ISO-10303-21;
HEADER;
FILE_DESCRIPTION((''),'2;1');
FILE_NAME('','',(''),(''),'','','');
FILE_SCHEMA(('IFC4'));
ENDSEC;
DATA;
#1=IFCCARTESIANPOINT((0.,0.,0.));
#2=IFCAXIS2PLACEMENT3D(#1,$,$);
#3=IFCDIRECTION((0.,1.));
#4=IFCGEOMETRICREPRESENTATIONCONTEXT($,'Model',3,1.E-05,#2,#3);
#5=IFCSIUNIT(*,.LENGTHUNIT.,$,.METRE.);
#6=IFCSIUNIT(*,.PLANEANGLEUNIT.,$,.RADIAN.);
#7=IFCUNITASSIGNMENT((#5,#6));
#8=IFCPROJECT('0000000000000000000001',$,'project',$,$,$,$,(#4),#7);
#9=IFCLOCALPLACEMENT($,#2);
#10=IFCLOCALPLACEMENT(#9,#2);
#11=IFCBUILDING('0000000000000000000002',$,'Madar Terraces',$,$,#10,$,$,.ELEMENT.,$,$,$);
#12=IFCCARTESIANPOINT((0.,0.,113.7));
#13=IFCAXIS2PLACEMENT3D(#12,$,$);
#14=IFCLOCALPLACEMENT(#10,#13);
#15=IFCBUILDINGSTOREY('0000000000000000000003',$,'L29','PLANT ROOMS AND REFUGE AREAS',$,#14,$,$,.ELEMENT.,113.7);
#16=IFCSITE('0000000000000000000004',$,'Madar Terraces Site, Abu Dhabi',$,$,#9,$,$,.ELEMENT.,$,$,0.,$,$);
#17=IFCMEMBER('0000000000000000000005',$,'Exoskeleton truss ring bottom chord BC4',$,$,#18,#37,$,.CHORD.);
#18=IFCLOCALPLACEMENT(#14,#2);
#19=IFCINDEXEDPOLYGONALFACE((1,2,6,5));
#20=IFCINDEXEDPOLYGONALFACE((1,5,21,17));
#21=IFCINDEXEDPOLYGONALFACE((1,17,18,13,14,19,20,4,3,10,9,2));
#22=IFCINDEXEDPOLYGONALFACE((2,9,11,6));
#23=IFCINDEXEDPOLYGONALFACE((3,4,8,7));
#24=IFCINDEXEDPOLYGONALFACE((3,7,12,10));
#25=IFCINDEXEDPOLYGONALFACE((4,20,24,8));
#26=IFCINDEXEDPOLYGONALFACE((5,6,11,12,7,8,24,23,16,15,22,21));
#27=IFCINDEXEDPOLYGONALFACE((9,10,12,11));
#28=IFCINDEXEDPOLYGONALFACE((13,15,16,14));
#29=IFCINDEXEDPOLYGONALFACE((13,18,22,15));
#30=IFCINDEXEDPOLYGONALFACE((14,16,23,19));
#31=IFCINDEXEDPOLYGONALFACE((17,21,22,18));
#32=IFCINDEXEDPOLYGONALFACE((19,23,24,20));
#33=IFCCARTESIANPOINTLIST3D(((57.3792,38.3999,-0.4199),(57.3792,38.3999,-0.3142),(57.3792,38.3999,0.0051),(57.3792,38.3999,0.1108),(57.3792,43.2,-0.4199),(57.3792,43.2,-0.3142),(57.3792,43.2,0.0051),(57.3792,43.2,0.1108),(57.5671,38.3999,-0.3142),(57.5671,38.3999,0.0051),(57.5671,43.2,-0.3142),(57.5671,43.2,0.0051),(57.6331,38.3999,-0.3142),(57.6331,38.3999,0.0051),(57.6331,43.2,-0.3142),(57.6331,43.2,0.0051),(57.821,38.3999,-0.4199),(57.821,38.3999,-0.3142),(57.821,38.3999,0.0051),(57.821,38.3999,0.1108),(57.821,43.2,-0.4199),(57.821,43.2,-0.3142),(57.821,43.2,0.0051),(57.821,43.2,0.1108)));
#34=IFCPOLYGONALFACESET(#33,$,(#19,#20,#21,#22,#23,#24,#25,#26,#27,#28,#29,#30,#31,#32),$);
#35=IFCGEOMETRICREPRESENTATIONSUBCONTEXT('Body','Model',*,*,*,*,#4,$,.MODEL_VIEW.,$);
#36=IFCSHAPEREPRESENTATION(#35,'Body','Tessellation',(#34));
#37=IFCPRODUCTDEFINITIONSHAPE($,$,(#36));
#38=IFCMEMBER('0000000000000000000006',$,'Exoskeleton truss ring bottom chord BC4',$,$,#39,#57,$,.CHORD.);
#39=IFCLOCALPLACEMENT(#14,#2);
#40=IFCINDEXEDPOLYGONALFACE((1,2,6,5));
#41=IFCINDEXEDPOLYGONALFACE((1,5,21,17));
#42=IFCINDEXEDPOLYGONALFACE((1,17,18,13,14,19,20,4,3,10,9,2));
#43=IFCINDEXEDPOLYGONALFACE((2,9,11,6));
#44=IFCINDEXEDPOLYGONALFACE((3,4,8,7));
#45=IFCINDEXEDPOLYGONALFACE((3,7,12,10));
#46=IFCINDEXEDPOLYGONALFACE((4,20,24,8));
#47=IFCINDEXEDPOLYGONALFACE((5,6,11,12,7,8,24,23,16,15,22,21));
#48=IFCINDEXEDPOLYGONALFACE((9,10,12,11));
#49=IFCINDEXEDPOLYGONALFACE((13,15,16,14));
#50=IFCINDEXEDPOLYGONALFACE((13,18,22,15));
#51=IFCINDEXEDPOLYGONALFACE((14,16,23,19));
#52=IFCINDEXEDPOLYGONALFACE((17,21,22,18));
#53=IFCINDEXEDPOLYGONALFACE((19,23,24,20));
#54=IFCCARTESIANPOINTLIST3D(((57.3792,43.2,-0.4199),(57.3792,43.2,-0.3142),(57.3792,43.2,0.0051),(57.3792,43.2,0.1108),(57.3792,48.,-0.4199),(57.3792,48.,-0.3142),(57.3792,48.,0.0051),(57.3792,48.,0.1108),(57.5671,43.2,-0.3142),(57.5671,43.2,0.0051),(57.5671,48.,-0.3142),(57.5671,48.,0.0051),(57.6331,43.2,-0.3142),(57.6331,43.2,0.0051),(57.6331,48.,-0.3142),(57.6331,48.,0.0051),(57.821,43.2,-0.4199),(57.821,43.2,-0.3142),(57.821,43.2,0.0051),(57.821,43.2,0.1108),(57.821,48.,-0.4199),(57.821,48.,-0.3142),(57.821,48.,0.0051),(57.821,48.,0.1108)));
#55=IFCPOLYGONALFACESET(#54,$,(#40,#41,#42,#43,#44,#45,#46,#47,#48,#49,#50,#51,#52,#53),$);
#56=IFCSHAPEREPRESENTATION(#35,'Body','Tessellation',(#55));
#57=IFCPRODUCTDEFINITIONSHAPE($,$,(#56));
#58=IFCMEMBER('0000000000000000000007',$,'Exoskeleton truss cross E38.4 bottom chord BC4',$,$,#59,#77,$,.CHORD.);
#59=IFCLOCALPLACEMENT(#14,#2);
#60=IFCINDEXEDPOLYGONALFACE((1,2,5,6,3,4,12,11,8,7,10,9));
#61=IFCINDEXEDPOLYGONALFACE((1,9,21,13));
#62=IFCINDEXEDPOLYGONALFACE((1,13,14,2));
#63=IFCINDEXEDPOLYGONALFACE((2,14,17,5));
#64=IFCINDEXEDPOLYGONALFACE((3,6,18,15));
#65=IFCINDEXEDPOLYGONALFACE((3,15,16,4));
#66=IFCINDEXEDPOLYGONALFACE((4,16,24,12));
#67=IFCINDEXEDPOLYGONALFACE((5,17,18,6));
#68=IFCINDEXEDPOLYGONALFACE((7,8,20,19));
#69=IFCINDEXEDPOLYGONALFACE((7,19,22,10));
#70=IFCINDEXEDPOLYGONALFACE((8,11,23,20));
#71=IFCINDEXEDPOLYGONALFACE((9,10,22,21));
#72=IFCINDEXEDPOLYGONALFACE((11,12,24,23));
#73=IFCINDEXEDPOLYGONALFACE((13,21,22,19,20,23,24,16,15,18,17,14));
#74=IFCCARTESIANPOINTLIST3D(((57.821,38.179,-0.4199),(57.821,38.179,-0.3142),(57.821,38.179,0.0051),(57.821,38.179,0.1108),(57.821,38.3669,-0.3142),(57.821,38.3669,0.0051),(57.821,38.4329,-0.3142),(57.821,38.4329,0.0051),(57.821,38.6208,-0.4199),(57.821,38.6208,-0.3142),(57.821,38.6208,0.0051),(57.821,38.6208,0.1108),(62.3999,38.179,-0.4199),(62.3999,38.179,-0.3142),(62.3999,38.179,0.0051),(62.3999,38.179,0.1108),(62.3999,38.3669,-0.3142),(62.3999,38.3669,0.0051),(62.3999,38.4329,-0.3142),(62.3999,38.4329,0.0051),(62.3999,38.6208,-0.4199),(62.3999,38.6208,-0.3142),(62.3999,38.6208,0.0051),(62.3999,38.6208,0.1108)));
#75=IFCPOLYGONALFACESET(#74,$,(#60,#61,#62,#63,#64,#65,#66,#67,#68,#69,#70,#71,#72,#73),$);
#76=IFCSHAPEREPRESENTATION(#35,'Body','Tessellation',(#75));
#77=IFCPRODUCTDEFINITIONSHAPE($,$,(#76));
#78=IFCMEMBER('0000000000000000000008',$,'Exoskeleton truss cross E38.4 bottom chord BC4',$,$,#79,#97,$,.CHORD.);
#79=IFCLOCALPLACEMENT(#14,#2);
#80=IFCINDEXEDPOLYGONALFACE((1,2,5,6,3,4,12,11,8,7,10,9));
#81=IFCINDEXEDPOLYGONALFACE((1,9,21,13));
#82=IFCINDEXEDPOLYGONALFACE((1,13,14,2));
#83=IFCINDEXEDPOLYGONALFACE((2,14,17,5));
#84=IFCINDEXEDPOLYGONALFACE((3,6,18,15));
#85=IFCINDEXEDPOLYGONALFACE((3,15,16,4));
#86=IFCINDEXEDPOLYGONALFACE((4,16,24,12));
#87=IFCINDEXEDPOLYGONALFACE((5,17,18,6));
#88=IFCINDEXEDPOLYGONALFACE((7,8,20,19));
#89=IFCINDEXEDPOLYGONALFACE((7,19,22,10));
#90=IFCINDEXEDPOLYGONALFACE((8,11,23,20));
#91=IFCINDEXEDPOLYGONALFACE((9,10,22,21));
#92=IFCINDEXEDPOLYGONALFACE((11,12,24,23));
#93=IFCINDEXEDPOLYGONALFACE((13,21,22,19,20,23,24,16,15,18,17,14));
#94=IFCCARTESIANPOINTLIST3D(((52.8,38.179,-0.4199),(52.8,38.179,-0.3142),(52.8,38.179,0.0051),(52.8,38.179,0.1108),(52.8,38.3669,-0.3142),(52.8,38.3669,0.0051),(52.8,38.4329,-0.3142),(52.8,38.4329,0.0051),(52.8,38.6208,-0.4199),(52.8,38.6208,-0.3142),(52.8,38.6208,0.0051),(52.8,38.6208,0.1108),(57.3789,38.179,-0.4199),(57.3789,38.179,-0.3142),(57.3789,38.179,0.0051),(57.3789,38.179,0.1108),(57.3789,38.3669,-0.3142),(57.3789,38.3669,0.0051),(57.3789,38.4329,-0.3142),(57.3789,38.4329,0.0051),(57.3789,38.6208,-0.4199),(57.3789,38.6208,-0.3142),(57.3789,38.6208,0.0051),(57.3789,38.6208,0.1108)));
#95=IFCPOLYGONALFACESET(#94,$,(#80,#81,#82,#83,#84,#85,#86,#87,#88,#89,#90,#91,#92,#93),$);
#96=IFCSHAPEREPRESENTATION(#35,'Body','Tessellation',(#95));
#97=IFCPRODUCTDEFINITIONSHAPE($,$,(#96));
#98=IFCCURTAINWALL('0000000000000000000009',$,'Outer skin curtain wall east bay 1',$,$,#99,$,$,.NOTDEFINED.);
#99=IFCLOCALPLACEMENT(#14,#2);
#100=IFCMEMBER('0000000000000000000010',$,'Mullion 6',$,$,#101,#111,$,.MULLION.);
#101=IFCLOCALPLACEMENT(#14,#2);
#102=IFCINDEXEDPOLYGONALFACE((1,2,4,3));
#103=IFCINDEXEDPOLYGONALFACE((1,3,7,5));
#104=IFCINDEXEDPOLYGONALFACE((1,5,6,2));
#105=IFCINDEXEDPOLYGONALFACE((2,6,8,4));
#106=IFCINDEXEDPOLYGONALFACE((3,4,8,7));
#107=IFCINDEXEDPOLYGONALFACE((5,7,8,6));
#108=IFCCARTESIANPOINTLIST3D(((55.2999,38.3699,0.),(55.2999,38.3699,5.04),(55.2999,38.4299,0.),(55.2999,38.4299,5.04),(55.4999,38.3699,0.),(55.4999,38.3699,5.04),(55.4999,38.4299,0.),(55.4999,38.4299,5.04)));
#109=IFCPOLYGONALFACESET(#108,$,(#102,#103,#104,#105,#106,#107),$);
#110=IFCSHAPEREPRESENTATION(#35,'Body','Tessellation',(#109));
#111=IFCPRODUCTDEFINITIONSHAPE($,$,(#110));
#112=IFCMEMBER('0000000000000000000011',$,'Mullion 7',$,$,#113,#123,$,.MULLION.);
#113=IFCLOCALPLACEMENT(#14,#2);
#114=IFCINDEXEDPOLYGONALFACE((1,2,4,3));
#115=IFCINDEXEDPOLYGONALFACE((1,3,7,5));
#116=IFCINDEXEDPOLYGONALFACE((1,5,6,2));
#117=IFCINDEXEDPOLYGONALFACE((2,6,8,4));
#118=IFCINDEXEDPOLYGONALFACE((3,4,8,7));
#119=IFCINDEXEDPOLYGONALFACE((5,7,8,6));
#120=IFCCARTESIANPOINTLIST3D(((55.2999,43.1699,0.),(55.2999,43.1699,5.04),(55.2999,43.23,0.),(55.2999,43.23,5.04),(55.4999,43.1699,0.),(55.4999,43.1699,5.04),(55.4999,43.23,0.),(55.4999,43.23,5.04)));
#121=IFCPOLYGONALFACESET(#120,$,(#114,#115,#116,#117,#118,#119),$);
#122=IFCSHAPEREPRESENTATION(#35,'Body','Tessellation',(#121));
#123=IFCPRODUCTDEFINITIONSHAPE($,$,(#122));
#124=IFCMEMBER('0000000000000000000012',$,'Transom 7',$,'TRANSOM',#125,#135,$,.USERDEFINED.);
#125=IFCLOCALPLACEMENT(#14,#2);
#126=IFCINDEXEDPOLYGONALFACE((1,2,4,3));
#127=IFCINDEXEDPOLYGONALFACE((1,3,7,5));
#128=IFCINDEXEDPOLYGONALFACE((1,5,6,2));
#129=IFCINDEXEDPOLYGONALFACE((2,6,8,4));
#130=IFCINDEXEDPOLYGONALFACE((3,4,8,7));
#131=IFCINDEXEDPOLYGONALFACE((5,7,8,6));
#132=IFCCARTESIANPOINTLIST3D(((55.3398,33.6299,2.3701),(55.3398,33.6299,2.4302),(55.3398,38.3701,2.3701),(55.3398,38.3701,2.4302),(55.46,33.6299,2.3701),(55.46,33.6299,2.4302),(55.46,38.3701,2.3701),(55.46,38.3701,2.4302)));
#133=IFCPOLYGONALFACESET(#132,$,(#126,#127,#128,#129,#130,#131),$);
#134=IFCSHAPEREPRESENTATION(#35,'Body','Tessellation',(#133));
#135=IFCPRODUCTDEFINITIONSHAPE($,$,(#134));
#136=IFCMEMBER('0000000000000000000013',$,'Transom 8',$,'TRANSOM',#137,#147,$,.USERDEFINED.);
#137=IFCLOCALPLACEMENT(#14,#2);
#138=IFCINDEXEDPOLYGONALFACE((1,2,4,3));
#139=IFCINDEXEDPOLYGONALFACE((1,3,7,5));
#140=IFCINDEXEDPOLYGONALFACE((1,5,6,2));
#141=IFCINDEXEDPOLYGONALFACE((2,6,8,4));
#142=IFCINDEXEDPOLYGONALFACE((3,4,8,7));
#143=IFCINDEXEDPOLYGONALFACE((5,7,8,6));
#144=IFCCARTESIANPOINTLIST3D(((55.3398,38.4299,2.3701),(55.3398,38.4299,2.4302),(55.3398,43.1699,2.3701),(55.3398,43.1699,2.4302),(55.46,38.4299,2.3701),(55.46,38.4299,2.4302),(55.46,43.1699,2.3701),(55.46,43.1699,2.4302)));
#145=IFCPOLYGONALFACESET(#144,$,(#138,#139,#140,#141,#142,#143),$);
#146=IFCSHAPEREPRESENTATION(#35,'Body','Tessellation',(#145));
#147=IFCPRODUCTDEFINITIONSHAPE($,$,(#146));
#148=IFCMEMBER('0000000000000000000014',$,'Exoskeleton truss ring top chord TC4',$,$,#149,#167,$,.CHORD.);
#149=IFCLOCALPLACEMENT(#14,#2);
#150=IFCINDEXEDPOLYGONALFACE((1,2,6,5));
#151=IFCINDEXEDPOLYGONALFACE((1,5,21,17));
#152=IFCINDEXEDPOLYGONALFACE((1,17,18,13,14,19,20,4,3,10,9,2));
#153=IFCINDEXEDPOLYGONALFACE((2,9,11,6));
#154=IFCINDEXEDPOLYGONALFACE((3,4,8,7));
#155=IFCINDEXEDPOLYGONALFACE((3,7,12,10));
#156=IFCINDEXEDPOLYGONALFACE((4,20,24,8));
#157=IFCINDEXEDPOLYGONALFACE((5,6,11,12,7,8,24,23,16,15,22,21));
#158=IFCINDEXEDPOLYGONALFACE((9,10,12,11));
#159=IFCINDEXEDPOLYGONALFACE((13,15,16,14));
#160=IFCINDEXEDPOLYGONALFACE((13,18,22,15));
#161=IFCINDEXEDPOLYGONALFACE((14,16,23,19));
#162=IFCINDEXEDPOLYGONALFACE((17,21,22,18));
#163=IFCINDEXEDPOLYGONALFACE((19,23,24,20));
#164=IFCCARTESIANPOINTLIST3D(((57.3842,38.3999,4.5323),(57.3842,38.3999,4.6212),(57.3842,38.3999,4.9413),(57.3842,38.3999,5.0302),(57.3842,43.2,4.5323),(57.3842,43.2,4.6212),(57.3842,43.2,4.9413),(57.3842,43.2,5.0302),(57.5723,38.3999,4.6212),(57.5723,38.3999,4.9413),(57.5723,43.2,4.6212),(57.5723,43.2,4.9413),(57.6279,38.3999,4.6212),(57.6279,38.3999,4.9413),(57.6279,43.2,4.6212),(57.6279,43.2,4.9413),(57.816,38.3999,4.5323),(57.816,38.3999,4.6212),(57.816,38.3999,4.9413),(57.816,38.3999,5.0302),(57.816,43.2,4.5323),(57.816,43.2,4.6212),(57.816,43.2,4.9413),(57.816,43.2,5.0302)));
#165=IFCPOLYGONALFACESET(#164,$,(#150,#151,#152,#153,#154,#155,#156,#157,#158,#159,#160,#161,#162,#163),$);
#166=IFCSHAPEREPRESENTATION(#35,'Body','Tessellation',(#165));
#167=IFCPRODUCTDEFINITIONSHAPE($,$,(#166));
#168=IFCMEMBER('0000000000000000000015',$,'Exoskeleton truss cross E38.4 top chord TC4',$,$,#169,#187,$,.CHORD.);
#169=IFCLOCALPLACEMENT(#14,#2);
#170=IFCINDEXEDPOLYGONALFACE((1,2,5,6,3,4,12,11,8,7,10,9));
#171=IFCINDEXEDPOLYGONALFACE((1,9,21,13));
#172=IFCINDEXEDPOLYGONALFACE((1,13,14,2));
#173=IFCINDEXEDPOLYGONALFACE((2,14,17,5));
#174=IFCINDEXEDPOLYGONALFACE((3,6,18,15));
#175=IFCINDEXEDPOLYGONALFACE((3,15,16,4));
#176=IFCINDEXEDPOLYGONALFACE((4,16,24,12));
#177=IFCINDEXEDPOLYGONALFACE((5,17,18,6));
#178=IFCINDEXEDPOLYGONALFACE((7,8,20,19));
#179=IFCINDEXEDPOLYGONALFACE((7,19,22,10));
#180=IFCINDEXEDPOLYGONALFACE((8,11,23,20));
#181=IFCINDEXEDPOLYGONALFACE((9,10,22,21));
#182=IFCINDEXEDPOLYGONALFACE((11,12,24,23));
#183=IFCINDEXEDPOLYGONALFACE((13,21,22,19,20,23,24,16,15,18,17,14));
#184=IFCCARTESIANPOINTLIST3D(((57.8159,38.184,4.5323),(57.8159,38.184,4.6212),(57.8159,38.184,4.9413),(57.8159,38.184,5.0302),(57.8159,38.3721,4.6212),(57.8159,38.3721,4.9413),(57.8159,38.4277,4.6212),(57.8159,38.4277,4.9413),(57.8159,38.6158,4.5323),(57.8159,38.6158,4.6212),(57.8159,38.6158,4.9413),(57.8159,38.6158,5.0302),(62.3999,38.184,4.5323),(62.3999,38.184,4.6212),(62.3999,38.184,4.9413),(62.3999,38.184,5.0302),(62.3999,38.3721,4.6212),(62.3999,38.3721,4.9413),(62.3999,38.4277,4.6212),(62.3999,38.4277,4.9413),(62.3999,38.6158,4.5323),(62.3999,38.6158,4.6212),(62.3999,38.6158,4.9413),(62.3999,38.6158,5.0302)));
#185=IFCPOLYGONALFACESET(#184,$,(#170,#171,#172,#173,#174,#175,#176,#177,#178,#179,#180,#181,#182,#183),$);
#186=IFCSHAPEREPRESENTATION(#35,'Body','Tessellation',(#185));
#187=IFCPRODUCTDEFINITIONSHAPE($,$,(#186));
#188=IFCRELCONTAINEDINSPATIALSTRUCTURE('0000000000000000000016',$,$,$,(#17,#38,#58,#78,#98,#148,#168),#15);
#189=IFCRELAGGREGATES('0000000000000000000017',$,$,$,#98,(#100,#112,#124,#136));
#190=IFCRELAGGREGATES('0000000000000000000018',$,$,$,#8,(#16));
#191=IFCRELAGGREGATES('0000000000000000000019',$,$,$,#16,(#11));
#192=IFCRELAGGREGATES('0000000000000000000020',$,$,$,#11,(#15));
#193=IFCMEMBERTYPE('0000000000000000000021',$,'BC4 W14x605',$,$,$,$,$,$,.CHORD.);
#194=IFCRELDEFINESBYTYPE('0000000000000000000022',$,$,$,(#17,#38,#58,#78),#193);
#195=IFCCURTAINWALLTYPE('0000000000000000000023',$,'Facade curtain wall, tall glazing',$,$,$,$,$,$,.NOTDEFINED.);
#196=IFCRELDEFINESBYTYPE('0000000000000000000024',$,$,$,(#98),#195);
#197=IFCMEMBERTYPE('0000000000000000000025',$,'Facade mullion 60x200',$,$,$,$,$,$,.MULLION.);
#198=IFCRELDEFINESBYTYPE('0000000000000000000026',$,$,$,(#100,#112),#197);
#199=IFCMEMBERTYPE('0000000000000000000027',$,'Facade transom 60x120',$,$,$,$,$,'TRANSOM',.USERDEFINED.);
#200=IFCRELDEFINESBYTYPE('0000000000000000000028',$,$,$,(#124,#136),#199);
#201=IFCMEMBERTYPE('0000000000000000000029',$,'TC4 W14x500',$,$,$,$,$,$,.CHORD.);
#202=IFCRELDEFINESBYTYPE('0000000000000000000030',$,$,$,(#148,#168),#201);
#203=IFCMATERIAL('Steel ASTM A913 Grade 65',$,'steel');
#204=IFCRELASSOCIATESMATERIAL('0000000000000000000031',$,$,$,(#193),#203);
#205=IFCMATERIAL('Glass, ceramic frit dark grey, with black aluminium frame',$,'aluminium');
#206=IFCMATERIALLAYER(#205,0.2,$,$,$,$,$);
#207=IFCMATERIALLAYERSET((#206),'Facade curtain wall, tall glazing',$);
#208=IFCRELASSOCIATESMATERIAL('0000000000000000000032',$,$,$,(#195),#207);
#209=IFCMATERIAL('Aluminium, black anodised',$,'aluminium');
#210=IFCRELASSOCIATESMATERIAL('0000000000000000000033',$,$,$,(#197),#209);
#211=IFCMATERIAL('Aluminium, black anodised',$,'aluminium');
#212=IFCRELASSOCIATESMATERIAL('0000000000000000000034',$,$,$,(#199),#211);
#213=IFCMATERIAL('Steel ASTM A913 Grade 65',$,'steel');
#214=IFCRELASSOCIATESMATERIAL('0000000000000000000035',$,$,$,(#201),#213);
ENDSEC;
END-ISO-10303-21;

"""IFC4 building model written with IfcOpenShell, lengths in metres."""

from ifc_helpers import new_model, si_unit, direction, frame, origin, origin_2d, place, context, subcontext, project, spatial, rectangle, i_section, extrude, material, layer, layer_set, material_profile, profile_set, type_object, element, aggregate, save


model = new_model("IFC4")

# Units and contexts
model_context = context("Model", 3, precision=1e-05, world=origin(), true_north=direction((0.0, 1.0)))
body_context = subcontext(model_context, "Body", "Model", "MODEL_VIEW")
ifc_project = project(units=[si_unit("LENGTHUNIT", "METRE"), si_unit("PLANEANGLEUNIT", "RADIAN")], contexts=[model_context])

# Site, building, storey
site_placement = place(None, origin())
site = spatial("IfcSite", under=ifc_project, at=site_placement, Name="Madar Terraces Site, Abu Dhabi", CompositionType="ELEMENT", RefElevation=0.0)
building_placement = place(site_placement, origin())
building = spatial("IfcBuilding", under=site, at=building_placement, Name="Madar Terraces", CompositionType="ELEMENT")
storey_placement = place(building_placement, frame((0.0, 0.0, 113.7)))
storey = spatial("IfcBuildingStorey", under=building, at=storey_placement, Name="L29", Description="PLANT ROOMS AND REFUGE AREAS", CompositionType="ELEMENT", Elevation=113.7)

# Members
ifc_material_1 = material(Name="Steel ASTM A913 Grade 65", Category="steel")
ifc_material_profile_1 = material_profile(ifc_material_1, i_section(OverallWidth=0.4419, OverallDepth=0.5308, WebThickness=0.0659, FlangeThickness=0.1057, at=origin_2d()), Name="W14x605")
ifc_profile_set_1 = profile_set([ifc_material_profile_1], Name="Steel ASTM A913 Grade 65")
member_type_1 = type_object("IfcMemberType", Name="BC4 W14x605", PredefinedType="CHORD", material=ifc_profile_set_1)
for number, where, z_axis, x_axis, name in (
    (1, (57.6001, 38.3999, -0.1545), (0.0, 1.0, 0.0), (-1.0, 0.0, 0.0), "Exoskeleton truss ring bottom chord BC4"),
    (2, (57.6001, 43.2, -0.1545), (0.0, 1.0, 0.0), (-1.0, 0.0, 0.0), "Exoskeleton truss ring bottom chord BC4"),
):
    element("IfcMember", number, at=place(storey_placement, frame(where, z_axis=z_axis, x_axis=x_axis)), inside=storey, type_object=member_type_1, Name=name, PredefinedType="CHORD", context=body_context, shape_type="SweptSolid", body=[
        extrude(i_section(OverallWidth=0.4419, OverallDepth=0.5308, WebThickness=0.0659, FlangeThickness=0.1057, at=origin_2d()), origin(), (0.0, 0.0, 1.0), 4.8),
    ])
for number, where, z_axis, x_axis, name in (
    (3, (62.3999, 38.3999, -0.1545), (-1.0, 0.0, 0.0), (0.0, -1.0, 0.0), "Exoskeleton truss cross E38.4 bottom chord BC4"),
    (4, (57.3789, 38.3999, -0.1545), (-1.0, 0.0, 0.0), (0.0, -1.0, 0.0), "Exoskeleton truss cross E38.4 bottom chord BC4"),
):
    element("IfcMember", number, at=place(storey_placement, frame(where, z_axis=z_axis, x_axis=x_axis)), inside=storey, type_object=member_type_1, Name=name, PredefinedType="CHORD", context=body_context, shape_type="SweptSolid", body=[
        extrude(i_section(OverallWidth=0.4419, OverallDepth=0.5308, WebThickness=0.0659, FlangeThickness=0.1057, at=origin_2d()), origin(), (0.0, 0.0, 1.0), 4.5789),
    ])

# Curtain wall, members
ifc_material_2 = material(Name="Glass, ceramic frit dark grey, with black aluminium frame", Category="aluminium")
ifc_layer_1 = layer(ifc_material_2, 0.2)
ifc_layer_set_1 = layer_set([ifc_layer_1], Name="Facade curtain wall, tall glazing")
curtain_wall_type = type_object("IfcCurtainWallType", Name="Facade curtain wall, tall glazing", PredefinedType="NOTDEFINED", material=ifc_layer_set_1)
curtain_wall_placement = place(storey_placement, origin())
curtain_wall = element("IfcCurtainWall", 5, at=curtain_wall_placement, inside=storey, type_object=curtain_wall_type, Name="Outer skin curtain wall east bay 1", PredefinedType="NOTDEFINED")
ifc_material_3 = material(Name="Aluminium, black anodised", Category="aluminium")
ifc_material_profile_2 = material_profile(ifc_material_3, rectangle(XDim=0.2, YDim=0.0601, at=origin_2d()), Name="Facade mullion 60x200")
ifc_profile_set_2 = profile_set([ifc_material_profile_2], Name="Aluminium, black anodised")
member_type_2 = type_object("IfcMemberType", Name="Facade mullion 60x200", PredefinedType="MULLION", material=ifc_profile_set_2)
member_1_placement = place(storey_placement, frame((55.3999, 38.3999, 0.0), z_axis=(0.0, 0.0, 1.0), x_axis=(-1.0, 0.0, 0.0)))
member_1 = element("IfcMember", 6, at=member_1_placement, type_object=member_type_2, Name="Mullion 6", PredefinedType="MULLION", context=body_context, shape_type="SweptSolid", body=[
    extrude(rectangle(XDim=0.2, YDim=0.0601, at=origin_2d()), origin(), (0.0, 0.0, 1.0), 5.04),
])
member_2_placement = place(storey_placement, frame((55.3999, 43.2, 0.0), z_axis=(0.0, 0.0, 1.0), x_axis=(-1.0, 0.0, 0.0)))
member_2 = element("IfcMember", 7, at=member_2_placement, type_object=member_type_2, Name="Mullion 7", PredefinedType="MULLION", context=body_context, shape_type="SweptSolid", body=[
    extrude(rectangle(XDim=0.2, YDim=0.0601, at=origin_2d()), origin(), (0.0, 0.0, 1.0), 5.04),
])
ifc_material_4 = material(Name="Aluminium, black anodised", Category="aluminium")
ifc_material_profile_3 = material_profile(ifc_material_4, rectangle(XDim=0.1201, YDim=0.0601, at=origin_2d()), Name="Facade transom 60x120")
ifc_profile_set_3 = profile_set([ifc_material_profile_3], Name="Aluminium, black anodised")
member_type_3 = type_object("IfcMemberType", Name="Facade transom 60x120", ElementType="TRANSOM", PredefinedType="USERDEFINED", material=ifc_profile_set_3)
member_3_placement = place(storey_placement, frame((55.3999, 33.6299, 2.4001), z_axis=(0.0, 1.0, 0.0), x_axis=(-1.0, 0.0, 0.0)))
member_3 = element("IfcMember", 8, at=member_3_placement, type_object=member_type_3, Name="Transom 7", ObjectType="TRANSOM", PredefinedType="USERDEFINED", context=body_context, shape_type="SweptSolid", body=[
    extrude(rectangle(XDim=0.1201, YDim=0.0601, at=origin_2d()), origin(), (0.0, 0.0, 1.0), 4.7402),
])
member_4_placement = place(storey_placement, frame((55.3999, 38.4299, 2.4001), z_axis=(0.0, 1.0, 0.0), x_axis=(-1.0, 0.0, 0.0)))
member_4 = element("IfcMember", 9, at=member_4_placement, type_object=member_type_3, Name="Transom 8", ObjectType="TRANSOM", PredefinedType="USERDEFINED", context=body_context, shape_type="SweptSolid", body=[
    extrude(rectangle(XDim=0.1201, YDim=0.0601, at=origin_2d()), origin(), (0.0, 0.0, 1.0), 4.74),
])

# Members
ifc_material_5 = material(Name="Steel ASTM A913 Grade 65", Category="steel")
ifc_material_profile_4 = material_profile(ifc_material_5, i_section(OverallWidth=0.4319, OverallDepth=0.4978, WebThickness=0.0557, FlangeThickness=0.0889, at=origin_2d()), Name="W14x500")
ifc_profile_set_4 = profile_set([ifc_material_profile_4], Name="Steel ASTM A913 Grade 65")
member_type_4 = type_object("IfcMemberType", Name="TC4 W14x500", PredefinedType="CHORD", material=ifc_profile_set_4)
member_5_placement = place(storey_placement, frame((57.6001, 38.3999, 4.7812), z_axis=(0.0, 1.0, 0.0), x_axis=(-1.0, 0.0, 0.0)))
element("IfcMember", 10, at=member_5_placement, inside=storey, type_object=member_type_4, Name="Exoskeleton truss ring top chord TC4", PredefinedType="CHORD", context=body_context, shape_type="SweptSolid", body=[
    extrude(i_section(OverallWidth=0.4319, OverallDepth=0.4978, WebThickness=0.0557, FlangeThickness=0.0889, at=origin_2d()), origin(), (0.0, 0.0, 1.0), 4.8),
])
for number, where, z_axis, x_axis, name in (
    (11, (62.3999, 38.3999, 4.7812), (-1.0, 0.0, 0.0), (0.0, -1.0, 0.0), "Exoskeleton truss cross E38.4 top chord TC4"),
):
    element("IfcMember", number, at=place(storey_placement, frame(where, z_axis=z_axis, x_axis=x_axis)), inside=storey, type_object=member_type_4, Name=name, PredefinedType="CHORD", context=body_context, shape_type="SweptSolid", body=[
        extrude(i_section(OverallWidth=0.4319, OverallDepth=0.4978, WebThickness=0.0557, FlangeThickness=0.0889, at=origin_2d()), origin(), (0.0, 0.0, 1.0), 4.584),
    ])

aggregate(curtain_wall, [member_1, member_2, member_3, member_4])

save(model, "model.ifc")
